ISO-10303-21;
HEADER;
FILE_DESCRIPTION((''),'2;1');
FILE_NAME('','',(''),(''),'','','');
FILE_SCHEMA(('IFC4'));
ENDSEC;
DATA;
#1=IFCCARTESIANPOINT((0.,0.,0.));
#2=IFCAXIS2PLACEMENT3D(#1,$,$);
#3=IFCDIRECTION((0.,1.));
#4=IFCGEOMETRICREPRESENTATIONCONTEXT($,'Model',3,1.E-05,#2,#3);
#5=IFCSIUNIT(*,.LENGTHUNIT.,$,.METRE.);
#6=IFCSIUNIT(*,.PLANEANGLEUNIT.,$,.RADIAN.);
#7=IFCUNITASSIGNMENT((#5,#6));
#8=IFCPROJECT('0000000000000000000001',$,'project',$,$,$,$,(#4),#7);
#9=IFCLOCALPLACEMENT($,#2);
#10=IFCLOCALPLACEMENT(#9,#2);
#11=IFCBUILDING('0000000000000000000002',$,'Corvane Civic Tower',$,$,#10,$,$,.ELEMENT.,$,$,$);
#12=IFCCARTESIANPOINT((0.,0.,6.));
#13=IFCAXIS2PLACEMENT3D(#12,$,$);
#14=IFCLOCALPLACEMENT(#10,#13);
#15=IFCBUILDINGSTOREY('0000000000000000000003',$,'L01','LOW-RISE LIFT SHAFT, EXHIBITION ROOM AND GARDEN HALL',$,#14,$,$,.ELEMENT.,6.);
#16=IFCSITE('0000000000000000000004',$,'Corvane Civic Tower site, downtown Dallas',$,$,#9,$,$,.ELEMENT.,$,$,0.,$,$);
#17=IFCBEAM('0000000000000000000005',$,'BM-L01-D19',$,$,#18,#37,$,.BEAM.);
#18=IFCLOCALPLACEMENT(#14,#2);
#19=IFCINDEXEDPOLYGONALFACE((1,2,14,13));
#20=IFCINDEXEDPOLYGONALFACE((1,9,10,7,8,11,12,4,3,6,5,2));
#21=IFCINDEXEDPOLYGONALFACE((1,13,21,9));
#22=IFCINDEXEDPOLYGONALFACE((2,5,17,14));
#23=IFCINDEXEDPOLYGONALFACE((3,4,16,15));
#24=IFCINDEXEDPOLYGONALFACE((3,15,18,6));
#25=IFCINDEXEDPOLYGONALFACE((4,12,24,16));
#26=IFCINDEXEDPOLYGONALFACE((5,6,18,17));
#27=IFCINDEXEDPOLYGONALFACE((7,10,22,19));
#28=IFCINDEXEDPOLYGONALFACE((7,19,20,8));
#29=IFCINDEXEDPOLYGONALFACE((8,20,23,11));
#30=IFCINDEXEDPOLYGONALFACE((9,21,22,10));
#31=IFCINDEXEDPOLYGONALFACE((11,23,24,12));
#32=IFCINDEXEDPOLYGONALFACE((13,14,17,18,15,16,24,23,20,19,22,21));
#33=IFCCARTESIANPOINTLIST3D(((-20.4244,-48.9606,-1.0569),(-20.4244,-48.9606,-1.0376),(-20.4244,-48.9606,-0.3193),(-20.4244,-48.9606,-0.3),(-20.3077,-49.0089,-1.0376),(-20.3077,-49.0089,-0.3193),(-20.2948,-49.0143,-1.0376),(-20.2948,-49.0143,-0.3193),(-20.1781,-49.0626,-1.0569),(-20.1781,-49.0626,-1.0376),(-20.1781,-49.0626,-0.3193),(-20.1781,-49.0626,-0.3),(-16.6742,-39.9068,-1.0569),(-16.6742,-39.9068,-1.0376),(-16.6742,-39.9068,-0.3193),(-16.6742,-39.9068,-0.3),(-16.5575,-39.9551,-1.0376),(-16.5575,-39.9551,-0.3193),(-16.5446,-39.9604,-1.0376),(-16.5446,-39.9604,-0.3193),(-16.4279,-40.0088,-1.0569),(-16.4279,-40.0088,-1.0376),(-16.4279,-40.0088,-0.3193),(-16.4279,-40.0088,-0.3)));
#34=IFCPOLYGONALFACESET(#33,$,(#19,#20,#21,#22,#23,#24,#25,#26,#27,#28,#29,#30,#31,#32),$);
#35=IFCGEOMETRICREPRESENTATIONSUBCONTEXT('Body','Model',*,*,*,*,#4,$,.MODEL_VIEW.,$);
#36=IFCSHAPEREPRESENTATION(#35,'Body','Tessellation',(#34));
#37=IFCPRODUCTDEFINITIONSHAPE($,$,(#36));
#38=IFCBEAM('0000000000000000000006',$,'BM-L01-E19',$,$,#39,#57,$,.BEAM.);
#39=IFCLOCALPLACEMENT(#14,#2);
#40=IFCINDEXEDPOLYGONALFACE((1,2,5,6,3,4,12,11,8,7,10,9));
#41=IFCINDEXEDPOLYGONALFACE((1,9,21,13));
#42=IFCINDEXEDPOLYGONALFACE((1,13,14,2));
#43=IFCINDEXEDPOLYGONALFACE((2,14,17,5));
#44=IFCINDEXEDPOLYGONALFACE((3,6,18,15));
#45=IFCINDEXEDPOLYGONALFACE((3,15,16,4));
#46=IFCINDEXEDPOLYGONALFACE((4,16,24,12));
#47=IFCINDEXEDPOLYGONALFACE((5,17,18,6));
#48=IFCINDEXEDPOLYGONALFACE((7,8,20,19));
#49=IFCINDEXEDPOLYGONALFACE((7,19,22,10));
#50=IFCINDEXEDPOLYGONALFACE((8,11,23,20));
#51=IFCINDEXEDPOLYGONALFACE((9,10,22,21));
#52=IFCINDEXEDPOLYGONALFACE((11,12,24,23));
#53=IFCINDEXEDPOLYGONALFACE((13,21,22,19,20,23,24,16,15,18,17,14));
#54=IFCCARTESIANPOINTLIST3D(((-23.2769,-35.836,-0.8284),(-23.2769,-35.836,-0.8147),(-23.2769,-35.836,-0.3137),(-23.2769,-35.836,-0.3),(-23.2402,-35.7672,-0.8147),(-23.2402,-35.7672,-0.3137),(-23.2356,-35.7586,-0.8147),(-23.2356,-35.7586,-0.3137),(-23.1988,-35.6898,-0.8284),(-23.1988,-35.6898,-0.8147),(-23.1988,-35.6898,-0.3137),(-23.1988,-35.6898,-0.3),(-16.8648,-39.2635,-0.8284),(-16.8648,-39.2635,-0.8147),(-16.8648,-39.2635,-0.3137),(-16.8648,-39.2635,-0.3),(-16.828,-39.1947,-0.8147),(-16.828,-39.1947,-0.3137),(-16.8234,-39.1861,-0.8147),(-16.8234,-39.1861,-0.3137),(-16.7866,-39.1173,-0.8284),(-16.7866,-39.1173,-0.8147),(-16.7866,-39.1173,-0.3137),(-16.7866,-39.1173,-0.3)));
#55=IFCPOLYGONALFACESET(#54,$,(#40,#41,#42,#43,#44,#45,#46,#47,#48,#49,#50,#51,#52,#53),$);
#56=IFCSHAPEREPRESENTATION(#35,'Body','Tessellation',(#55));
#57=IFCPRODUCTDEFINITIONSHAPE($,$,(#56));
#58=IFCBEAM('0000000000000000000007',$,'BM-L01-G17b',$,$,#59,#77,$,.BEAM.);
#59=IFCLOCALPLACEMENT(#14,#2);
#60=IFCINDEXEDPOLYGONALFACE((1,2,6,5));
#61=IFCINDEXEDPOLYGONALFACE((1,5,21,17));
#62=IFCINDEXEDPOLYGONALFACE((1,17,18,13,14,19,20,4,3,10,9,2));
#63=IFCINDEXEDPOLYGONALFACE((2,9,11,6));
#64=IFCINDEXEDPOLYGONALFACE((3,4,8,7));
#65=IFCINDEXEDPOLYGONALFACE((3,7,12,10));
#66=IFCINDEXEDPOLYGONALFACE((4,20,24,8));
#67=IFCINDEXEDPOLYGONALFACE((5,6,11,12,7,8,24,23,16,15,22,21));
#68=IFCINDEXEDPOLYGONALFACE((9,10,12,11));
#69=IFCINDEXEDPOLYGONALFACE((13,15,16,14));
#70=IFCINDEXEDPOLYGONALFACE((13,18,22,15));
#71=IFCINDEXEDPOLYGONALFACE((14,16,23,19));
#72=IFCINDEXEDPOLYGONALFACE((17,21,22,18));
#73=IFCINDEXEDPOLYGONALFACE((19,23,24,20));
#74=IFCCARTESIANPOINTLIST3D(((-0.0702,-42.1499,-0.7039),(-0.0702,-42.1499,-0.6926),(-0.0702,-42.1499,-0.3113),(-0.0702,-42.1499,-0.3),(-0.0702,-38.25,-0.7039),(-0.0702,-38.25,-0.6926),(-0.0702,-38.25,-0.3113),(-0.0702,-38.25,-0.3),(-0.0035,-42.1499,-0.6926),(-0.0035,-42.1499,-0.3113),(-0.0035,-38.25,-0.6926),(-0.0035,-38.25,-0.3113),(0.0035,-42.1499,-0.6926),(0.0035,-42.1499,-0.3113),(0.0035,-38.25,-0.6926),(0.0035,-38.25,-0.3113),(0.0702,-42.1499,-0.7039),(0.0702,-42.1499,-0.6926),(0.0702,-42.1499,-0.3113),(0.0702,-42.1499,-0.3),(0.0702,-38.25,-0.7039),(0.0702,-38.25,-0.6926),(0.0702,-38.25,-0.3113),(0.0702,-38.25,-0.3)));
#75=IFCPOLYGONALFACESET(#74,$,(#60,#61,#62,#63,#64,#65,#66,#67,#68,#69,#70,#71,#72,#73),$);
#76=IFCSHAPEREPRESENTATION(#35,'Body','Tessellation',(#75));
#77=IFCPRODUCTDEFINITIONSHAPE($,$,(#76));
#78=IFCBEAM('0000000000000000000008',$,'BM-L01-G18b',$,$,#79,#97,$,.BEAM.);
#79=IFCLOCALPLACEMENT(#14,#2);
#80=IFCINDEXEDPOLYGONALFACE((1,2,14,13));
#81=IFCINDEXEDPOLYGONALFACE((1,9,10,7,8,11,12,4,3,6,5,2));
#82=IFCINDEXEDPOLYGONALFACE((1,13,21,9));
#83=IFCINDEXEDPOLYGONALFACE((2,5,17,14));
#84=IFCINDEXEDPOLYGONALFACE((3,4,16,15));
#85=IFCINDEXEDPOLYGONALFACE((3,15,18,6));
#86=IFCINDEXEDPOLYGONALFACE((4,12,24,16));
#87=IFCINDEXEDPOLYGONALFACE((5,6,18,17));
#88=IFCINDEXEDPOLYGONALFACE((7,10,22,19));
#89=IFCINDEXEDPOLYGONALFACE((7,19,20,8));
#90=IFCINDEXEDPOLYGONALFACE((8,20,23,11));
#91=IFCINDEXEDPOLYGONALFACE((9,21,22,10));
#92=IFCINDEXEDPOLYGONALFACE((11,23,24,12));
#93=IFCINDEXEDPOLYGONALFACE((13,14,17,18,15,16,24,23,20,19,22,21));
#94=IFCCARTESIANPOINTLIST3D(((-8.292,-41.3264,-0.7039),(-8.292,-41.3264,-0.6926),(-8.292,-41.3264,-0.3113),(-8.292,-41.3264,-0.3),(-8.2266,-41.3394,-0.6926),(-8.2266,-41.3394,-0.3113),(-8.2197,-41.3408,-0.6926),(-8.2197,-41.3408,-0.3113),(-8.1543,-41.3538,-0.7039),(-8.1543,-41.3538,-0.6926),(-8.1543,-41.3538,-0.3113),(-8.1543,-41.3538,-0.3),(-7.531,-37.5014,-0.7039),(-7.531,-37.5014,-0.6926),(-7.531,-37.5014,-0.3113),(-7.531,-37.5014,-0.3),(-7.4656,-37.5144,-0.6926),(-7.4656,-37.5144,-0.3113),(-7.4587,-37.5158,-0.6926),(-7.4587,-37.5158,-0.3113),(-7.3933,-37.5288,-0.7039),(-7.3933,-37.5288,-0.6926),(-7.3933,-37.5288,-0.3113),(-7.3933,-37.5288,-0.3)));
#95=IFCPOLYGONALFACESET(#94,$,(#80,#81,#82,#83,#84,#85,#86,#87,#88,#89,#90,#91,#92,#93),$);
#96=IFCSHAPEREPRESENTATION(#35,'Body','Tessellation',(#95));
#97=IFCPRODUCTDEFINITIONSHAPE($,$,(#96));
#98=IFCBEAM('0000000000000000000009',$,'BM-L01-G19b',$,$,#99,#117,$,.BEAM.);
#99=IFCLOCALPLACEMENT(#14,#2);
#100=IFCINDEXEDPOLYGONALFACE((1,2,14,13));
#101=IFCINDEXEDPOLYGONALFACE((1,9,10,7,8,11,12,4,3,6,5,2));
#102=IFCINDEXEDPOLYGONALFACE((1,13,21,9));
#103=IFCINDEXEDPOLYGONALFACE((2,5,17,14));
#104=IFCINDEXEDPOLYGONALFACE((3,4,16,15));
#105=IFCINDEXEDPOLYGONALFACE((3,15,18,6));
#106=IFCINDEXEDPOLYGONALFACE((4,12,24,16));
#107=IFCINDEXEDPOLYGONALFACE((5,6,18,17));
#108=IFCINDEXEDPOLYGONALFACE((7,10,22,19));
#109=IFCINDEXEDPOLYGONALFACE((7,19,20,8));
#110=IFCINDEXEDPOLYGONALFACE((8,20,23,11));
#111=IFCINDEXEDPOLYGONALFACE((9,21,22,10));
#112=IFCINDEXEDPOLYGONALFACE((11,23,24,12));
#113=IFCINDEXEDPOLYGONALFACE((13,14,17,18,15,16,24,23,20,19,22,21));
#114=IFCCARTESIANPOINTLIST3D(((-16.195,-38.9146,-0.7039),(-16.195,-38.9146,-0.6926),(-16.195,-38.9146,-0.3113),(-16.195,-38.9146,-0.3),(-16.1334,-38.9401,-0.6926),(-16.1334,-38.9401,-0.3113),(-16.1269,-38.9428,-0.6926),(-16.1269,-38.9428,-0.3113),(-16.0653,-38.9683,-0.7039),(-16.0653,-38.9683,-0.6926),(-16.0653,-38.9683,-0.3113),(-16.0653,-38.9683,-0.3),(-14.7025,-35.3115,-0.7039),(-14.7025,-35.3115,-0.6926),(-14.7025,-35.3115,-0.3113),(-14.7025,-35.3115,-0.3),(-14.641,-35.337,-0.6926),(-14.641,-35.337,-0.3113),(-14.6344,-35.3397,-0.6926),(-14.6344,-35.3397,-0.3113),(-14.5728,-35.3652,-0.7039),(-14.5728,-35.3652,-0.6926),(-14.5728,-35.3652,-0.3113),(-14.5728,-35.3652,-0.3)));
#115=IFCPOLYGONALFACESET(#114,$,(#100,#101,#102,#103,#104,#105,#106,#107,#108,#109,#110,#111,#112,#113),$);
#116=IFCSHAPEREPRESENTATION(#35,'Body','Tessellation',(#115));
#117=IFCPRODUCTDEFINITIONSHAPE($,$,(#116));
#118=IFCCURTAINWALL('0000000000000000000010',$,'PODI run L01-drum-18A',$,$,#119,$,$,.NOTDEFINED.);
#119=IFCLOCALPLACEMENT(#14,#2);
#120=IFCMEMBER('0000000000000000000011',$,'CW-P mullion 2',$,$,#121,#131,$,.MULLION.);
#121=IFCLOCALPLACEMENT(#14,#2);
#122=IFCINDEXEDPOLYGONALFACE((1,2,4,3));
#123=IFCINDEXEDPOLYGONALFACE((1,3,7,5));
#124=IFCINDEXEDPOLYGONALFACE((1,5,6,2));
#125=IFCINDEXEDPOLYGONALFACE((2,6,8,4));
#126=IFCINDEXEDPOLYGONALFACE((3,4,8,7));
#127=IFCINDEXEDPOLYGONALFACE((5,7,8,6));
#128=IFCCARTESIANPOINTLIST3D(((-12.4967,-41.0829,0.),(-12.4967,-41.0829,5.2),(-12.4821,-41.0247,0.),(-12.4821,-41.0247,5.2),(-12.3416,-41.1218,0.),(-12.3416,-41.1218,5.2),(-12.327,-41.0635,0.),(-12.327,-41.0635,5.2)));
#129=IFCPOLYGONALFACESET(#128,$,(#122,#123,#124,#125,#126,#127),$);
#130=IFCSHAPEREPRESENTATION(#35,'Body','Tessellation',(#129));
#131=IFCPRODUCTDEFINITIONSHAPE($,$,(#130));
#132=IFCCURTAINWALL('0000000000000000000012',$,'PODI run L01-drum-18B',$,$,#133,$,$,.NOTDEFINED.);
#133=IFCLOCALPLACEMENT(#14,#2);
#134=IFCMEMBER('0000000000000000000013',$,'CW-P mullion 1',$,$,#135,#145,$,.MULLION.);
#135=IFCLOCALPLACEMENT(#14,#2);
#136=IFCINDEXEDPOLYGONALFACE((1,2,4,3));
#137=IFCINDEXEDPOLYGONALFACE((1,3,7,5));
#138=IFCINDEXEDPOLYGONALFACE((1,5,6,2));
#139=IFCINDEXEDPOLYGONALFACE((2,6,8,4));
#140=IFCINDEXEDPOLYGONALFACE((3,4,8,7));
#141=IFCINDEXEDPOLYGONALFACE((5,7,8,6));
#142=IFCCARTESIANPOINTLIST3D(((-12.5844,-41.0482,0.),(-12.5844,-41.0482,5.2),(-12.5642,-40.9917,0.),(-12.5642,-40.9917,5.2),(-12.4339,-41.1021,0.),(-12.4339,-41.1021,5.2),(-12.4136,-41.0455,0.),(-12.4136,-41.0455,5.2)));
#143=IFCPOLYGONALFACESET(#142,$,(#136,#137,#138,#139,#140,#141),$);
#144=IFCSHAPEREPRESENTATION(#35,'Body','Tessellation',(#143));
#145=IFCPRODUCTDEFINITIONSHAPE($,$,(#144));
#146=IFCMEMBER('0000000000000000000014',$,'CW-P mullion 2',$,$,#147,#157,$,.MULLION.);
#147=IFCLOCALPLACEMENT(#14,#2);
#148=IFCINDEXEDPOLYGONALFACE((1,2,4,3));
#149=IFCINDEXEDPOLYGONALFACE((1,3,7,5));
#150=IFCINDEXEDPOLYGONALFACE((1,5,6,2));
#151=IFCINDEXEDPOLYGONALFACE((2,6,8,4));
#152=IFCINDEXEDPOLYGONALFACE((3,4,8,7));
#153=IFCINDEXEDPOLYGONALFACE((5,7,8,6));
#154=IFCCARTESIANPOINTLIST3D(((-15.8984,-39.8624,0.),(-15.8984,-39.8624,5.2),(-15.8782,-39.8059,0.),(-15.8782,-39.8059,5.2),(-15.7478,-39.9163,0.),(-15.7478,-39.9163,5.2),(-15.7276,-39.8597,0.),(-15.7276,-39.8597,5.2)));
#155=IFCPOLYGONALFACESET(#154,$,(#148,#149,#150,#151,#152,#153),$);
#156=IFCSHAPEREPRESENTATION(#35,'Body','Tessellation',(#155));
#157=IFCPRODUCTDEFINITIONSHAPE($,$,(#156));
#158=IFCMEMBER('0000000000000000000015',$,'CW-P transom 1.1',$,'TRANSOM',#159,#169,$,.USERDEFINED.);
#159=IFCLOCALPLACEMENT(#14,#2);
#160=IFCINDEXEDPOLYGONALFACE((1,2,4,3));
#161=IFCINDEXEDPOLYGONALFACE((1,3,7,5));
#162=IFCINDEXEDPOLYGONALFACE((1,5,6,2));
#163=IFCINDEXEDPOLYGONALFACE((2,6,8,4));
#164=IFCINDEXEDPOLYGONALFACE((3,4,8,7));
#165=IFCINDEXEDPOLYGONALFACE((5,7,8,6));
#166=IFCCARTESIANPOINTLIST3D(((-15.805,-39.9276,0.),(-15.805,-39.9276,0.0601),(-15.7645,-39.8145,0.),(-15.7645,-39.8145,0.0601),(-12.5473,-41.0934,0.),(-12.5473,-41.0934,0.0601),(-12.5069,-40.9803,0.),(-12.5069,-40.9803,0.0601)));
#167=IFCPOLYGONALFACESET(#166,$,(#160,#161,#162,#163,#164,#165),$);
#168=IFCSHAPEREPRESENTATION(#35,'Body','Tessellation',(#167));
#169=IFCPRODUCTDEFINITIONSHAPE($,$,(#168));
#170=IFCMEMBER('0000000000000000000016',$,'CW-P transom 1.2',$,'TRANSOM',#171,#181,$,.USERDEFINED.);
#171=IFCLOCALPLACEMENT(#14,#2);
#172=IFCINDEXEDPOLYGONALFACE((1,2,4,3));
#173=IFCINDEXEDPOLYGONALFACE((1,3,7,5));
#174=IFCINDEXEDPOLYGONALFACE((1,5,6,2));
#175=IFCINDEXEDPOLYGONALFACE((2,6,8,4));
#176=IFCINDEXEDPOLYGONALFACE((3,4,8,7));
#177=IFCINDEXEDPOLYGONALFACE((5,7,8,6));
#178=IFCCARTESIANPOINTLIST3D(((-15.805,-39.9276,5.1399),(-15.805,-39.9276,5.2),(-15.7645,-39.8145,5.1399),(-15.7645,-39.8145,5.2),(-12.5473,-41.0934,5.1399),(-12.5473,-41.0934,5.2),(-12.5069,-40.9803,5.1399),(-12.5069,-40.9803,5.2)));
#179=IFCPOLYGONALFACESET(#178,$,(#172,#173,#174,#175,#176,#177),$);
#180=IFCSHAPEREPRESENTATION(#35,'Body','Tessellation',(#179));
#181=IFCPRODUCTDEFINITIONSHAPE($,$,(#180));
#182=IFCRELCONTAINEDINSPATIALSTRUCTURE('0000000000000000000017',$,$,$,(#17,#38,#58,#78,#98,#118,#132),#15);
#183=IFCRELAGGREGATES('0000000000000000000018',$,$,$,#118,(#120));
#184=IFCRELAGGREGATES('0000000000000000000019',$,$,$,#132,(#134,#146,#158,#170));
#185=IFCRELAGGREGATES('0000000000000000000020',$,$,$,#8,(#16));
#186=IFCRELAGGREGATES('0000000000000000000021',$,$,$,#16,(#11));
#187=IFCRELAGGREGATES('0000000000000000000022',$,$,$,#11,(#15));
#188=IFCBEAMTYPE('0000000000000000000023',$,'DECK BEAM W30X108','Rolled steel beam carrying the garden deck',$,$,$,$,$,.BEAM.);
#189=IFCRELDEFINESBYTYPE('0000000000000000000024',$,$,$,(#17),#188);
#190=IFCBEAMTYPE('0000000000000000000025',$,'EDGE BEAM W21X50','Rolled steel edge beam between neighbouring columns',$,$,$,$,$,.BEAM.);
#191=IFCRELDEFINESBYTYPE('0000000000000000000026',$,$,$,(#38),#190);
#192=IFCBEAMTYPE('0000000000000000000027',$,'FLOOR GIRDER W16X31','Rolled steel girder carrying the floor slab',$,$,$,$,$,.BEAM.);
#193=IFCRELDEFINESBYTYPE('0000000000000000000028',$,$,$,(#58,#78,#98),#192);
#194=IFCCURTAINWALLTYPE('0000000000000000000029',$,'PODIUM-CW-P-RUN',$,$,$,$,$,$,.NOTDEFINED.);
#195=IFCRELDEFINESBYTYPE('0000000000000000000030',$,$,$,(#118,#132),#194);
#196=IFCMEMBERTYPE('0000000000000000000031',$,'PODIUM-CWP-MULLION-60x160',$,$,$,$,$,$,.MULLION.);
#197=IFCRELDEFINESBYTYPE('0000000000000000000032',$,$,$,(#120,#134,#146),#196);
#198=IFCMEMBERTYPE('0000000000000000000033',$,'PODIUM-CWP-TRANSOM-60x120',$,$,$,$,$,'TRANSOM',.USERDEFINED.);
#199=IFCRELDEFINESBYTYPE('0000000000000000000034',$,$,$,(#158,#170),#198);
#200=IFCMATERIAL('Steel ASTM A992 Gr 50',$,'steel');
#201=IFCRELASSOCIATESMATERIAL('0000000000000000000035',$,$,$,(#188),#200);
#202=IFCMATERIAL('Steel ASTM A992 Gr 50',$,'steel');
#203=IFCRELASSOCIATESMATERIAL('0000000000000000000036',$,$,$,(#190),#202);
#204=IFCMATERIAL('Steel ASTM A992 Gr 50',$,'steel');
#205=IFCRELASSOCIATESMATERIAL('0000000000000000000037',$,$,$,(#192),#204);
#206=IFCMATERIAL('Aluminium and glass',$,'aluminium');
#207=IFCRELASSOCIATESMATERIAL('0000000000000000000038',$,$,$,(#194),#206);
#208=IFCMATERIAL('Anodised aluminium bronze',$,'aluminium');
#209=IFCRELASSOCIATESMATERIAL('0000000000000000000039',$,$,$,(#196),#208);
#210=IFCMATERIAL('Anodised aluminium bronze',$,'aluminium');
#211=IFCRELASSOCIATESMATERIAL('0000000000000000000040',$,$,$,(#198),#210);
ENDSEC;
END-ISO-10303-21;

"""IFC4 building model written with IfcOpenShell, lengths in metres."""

from ifc_helpers import new_model, si_unit, direction, frame, origin, origin_2d, place, context, subcontext, project, spatial, rectangle, i_section, extrude, material, material_profile, profile_set, type_object, element, aggregate, save


model = new_model("IFC4")

# Units and contexts
model_context = context("Model", 3, precision=1e-05, world=origin(), true_north=direction((0.0, 1.0)))
body_context = subcontext(model_context, "Body", "Model", "MODEL_VIEW")
ifc_project = project(units=[si_unit("LENGTHUNIT", "METRE"), si_unit("PLANEANGLEUNIT", "RADIAN")], contexts=[model_context])

# Site, building, storey
site_placement = place(None, origin())
site = spatial("IfcSite", under=ifc_project, at=site_placement, Name="Corvane Civic Tower site, downtown Dallas", CompositionType="ELEMENT", RefElevation=0.0)
building_placement = place(site_placement, origin())
building = spatial("IfcBuilding", under=site, at=building_placement, Name="Corvane Civic Tower", CompositionType="ELEMENT")
storey_placement = place(building_placement, frame((0.0, 0.0, 6.0)))
storey = spatial("IfcBuildingStorey", under=building, at=storey_placement, Name="L01", Description="LOW-RISE LIFT SHAFT, EXHIBITION ROOM AND GARDEN HALL", CompositionType="ELEMENT", Elevation=6.0)

# Beams
ifc_material_1 = material(Name="Steel ASTM A992 Gr 50", Category="steel")
ifc_material_profile_1 = material_profile(ifc_material_1, i_section(OverallWidth=0.2666, OverallDepth=0.7568, WebThickness=0.0139, FlangeThickness=0.0193, at=origin_2d()), Name="W30X108")
ifc_profile_set_1 = profile_set([ifc_material_profile_1], Name="Steel ASTM A992 Gr 50")
beam_type_1 = type_object("IfcBeamType", Name="DECK BEAM W30X108", Description="Rolled steel beam carrying the garden deck", PredefinedType="BEAM", material=ifc_profile_set_1)
beam_1_placement = place(storey_placement, frame((-16.551, -39.9578, -0.6785), z_axis=(-0.382681, -0.923881, 0.0), x_axis=(0.923881, -0.382681, 0.0)))
element("IfcBeam", 1, at=beam_1_placement, inside=storey, type_object=beam_type_1, Name="BM-L01-D19", PredefinedType="BEAM", context=body_context, shape_type="SweptSolid", body=[
    extrude(i_section(OverallWidth=0.2666, OverallDepth=0.7568, WebThickness=0.0139, FlangeThickness=0.0193, at=origin_2d()), origin(), (0.0, 0.0, 1.0), 9.7998),
])
ifc_material_2 = material(Name="Steel ASTM A992 Gr 50", Category="steel")
ifc_material_profile_2 = material_profile(ifc_material_2, i_section(OverallWidth=0.1658, OverallDepth=0.5283, WebThickness=0.0098, FlangeThickness=0.0137, at=origin_2d()), Name="W21X50")
ifc_profile_set_2 = profile_set([ifc_material_profile_2], Name="Steel ASTM A992 Gr 50")
beam_type_2 = type_object("IfcBeamType", Name="EDGE BEAM W21X50", Description="Rolled steel edge beam between neighbouring columns", PredefinedType="BEAM", material=ifc_profile_set_2)
beam_2_placement = place(storey_placement, frame((-16.8257, -39.1904, -0.5642), z_axis=(-0.881913, 0.471412, 0.0), x_axis=(-0.471412, -0.881913, 0.0)))
element("IfcBeam", 2, at=beam_2_placement, inside=storey, type_object=beam_type_2, Name="BM-L01-E19", PredefinedType="BEAM", context=body_context, shape_type="SweptSolid", body=[
    extrude(i_section(OverallWidth=0.1658, OverallDepth=0.5283, WebThickness=0.0098, FlangeThickness=0.0137, at=origin_2d()), origin(), (0.0, 0.0, 1.0), 7.2708),
])
ifc_material_3 = material(Name="Steel ASTM A992 Gr 50", Category="steel")
ifc_material_profile_3 = material_profile(ifc_material_3, i_section(OverallWidth=0.1404, OverallDepth=0.4038, WebThickness=0.0071, FlangeThickness=0.0112, at=origin_2d()), Name="W16X31")
ifc_profile_set_3 = profile_set([ifc_material_profile_3], Name="Steel ASTM A992 Gr 50")
beam_type_3 = type_object("IfcBeamType", Name="FLOOR GIRDER W16X31", Description="Rolled steel girder carrying the floor slab", PredefinedType="BEAM", material=ifc_profile_set_3)
for number, where, z_axis, x_axis, name in (
    (3, (0.0, -38.25, -0.502), (0.0, -1.0, 0.0), (1.0, 0.0, 0.0), "BM-L01-G17b"),
    (4, (-7.4622, -37.5151, -0.502), (-0.195129, -0.980778, 0.0), (0.980778, -0.195129, 0.0), "BM-L01-G18b"),
    (5, (-14.6377, -35.3384, -0.502), (-0.382685, -0.923879, 0.0), (0.923879, -0.382685, 0.0), "BM-L01-G19b"),
):
    element("IfcBeam", number, at=place(storey_placement, frame(where, z_axis=z_axis, x_axis=x_axis)), inside=storey, type_object=beam_type_3, Name=name, PredefinedType="BEAM", context=body_context, shape_type="SweptSolid", body=[
        extrude(i_section(OverallWidth=0.1404, OverallDepth=0.4038, WebThickness=0.0071, FlangeThickness=0.0112, at=origin_2d()), origin(), (0.0, 0.0, 1.0), 3.8999),
    ])

# Curtain wall, member
ifc_material_4 = material(Name="Aluminium and glass", Category="aluminium")
curtain_wall_type = type_object("IfcCurtainWallType", Name="PODIUM-CW-P-RUN", PredefinedType="NOTDEFINED", material=ifc_material_4)
curtain_wall_1_placement = place(storey_placement, origin())
curtain_wall_1 = element("IfcCurtainWall", 6, at=curtain_wall_1_placement, inside=storey, type_object=curtain_wall_type, Name="PODI run L01-drum-18A", PredefinedType="NOTDEFINED")
ifc_material_5 = material(Name="Anodised aluminium bronze", Category="aluminium")
ifc_material_profile_4 = material_profile(ifc_material_5, rectangle(XDim=0.0601, YDim=0.1599, at=origin_2d()), Name="AL 60x160")
ifc_profile_set_4 = profile_set([ifc_material_profile_4], Name="Anodised aluminium bronze")
member_type_1 = type_object("IfcMemberType", Name="PODIUM-CWP-MULLION-60x160", PredefinedType="MULLION", material=ifc_profile_set_4)
member_1_placement = place(storey_placement, frame((-12.4119, -41.0732, 0.0), z_axis=(0.0, 0.0, 1.0), x_axis=(-0.243009, -0.970024, 0.0)))
member_1 = element("IfcMember", 7, at=member_1_placement, type_object=member_type_1, Name="CW-P mullion 2", PredefinedType="MULLION", context=body_context, shape_type="SweptSolid", body=[
    extrude(rectangle(XDim=0.0601, YDim=0.1599, at=origin_2d()), origin(), (0.0, 0.0, 1.0), 5.2),
])

# Curtain wall, members
curtain_wall_2_placement = place(storey_placement, origin())
curtain_wall_2 = element("IfcCurtainWall", 8, at=curtain_wall_2_placement, inside=storey, type_object=curtain_wall_type, Name="PODI run L01-drum-18B", PredefinedType="NOTDEFINED")
member_2_placement = place(storey_placement, frame((-12.499, -41.0469, 0.0), z_axis=(0.0, 0.0, 1.0), x_axis=(-0.336919, -0.941534, 0.0)))
member_2 = element("IfcMember", 9, at=member_2_placement, type_object=member_type_1, Name="CW-P mullion 1", PredefinedType="MULLION", context=body_context, shape_type="SweptSolid", body=[
    extrude(rectangle(XDim=0.0601, YDim=0.1599, at=origin_2d()), origin(), (0.0, 0.0, 1.0), 5.2),
])
member_3_placement = place(storey_placement, frame((-15.813, -39.8611, 0.0), z_axis=(0.0, 0.0, 1.0), x_axis=(-0.336919, -0.941534, 0.0)))
member_3 = element("IfcMember", 10, at=member_3_placement, type_object=member_type_1, Name="CW-P mullion 2", PredefinedType="MULLION", context=body_context, shape_type="SweptSolid", body=[
    extrude(rectangle(XDim=0.0601, YDim=0.1599, at=origin_2d()), origin(), (0.0, 0.0, 1.0), 5.2),
])
ifc_material_6 = material(Name="Anodised aluminium bronze", Category="aluminium")
ifc_material_profile_5 = material_profile(ifc_material_6, rectangle(XDim=0.1201, YDim=0.0601, at=origin_2d()), Name="AL 120x60")
ifc_profile_set_5 = profile_set([ifc_material_profile_5], Name="Anodised aluminium bronze")
member_type_2 = type_object("IfcMemberType", Name="PODIUM-CWP-TRANSOM-60x120", ElementType="TRANSOM", PredefinedType="USERDEFINED", material=ifc_profile_set_5)
member_4_placement = place(storey_placement, frame((-12.5271, -41.0369, 0.03), z_axis=(-0.941526, 0.33694, 0.0), x_axis=(-0.33694, -0.941526, 0.0)))
member_4 = element("IfcMember", 11, at=member_4_placement, type_object=member_type_2, Name="CW-P transom 1.1", ObjectType="TRANSOM", PredefinedType="USERDEFINED", context=body_context, shape_type="SweptSolid", body=[
    extrude(rectangle(XDim=0.1201, YDim=0.0601, at=origin_2d()), origin(), (0.0, 0.0, 1.0), 3.46),
])
member_5_placement = place(storey_placement, frame((-12.5271, -41.0369, 5.1699), z_axis=(-0.941526, 0.33694, 0.0), x_axis=(-0.33694, -0.941526, 0.0)))
member_5 = element("IfcMember", 12, at=member_5_placement, type_object=member_type_2, Name="CW-P transom 1.2", ObjectType="TRANSOM", PredefinedType="USERDEFINED", context=body_context, shape_type="SweptSolid", body=[
    extrude(rectangle(XDim=0.1201, YDim=0.0601, at=origin_2d()), origin(), (0.0, 0.0, 1.0), 3.46),
])

aggregate(curtain_wall_1, [member_1])
aggregate(curtain_wall_2, [member_2, member_3, member_4, member_5])

save(model, "model.ifc")
